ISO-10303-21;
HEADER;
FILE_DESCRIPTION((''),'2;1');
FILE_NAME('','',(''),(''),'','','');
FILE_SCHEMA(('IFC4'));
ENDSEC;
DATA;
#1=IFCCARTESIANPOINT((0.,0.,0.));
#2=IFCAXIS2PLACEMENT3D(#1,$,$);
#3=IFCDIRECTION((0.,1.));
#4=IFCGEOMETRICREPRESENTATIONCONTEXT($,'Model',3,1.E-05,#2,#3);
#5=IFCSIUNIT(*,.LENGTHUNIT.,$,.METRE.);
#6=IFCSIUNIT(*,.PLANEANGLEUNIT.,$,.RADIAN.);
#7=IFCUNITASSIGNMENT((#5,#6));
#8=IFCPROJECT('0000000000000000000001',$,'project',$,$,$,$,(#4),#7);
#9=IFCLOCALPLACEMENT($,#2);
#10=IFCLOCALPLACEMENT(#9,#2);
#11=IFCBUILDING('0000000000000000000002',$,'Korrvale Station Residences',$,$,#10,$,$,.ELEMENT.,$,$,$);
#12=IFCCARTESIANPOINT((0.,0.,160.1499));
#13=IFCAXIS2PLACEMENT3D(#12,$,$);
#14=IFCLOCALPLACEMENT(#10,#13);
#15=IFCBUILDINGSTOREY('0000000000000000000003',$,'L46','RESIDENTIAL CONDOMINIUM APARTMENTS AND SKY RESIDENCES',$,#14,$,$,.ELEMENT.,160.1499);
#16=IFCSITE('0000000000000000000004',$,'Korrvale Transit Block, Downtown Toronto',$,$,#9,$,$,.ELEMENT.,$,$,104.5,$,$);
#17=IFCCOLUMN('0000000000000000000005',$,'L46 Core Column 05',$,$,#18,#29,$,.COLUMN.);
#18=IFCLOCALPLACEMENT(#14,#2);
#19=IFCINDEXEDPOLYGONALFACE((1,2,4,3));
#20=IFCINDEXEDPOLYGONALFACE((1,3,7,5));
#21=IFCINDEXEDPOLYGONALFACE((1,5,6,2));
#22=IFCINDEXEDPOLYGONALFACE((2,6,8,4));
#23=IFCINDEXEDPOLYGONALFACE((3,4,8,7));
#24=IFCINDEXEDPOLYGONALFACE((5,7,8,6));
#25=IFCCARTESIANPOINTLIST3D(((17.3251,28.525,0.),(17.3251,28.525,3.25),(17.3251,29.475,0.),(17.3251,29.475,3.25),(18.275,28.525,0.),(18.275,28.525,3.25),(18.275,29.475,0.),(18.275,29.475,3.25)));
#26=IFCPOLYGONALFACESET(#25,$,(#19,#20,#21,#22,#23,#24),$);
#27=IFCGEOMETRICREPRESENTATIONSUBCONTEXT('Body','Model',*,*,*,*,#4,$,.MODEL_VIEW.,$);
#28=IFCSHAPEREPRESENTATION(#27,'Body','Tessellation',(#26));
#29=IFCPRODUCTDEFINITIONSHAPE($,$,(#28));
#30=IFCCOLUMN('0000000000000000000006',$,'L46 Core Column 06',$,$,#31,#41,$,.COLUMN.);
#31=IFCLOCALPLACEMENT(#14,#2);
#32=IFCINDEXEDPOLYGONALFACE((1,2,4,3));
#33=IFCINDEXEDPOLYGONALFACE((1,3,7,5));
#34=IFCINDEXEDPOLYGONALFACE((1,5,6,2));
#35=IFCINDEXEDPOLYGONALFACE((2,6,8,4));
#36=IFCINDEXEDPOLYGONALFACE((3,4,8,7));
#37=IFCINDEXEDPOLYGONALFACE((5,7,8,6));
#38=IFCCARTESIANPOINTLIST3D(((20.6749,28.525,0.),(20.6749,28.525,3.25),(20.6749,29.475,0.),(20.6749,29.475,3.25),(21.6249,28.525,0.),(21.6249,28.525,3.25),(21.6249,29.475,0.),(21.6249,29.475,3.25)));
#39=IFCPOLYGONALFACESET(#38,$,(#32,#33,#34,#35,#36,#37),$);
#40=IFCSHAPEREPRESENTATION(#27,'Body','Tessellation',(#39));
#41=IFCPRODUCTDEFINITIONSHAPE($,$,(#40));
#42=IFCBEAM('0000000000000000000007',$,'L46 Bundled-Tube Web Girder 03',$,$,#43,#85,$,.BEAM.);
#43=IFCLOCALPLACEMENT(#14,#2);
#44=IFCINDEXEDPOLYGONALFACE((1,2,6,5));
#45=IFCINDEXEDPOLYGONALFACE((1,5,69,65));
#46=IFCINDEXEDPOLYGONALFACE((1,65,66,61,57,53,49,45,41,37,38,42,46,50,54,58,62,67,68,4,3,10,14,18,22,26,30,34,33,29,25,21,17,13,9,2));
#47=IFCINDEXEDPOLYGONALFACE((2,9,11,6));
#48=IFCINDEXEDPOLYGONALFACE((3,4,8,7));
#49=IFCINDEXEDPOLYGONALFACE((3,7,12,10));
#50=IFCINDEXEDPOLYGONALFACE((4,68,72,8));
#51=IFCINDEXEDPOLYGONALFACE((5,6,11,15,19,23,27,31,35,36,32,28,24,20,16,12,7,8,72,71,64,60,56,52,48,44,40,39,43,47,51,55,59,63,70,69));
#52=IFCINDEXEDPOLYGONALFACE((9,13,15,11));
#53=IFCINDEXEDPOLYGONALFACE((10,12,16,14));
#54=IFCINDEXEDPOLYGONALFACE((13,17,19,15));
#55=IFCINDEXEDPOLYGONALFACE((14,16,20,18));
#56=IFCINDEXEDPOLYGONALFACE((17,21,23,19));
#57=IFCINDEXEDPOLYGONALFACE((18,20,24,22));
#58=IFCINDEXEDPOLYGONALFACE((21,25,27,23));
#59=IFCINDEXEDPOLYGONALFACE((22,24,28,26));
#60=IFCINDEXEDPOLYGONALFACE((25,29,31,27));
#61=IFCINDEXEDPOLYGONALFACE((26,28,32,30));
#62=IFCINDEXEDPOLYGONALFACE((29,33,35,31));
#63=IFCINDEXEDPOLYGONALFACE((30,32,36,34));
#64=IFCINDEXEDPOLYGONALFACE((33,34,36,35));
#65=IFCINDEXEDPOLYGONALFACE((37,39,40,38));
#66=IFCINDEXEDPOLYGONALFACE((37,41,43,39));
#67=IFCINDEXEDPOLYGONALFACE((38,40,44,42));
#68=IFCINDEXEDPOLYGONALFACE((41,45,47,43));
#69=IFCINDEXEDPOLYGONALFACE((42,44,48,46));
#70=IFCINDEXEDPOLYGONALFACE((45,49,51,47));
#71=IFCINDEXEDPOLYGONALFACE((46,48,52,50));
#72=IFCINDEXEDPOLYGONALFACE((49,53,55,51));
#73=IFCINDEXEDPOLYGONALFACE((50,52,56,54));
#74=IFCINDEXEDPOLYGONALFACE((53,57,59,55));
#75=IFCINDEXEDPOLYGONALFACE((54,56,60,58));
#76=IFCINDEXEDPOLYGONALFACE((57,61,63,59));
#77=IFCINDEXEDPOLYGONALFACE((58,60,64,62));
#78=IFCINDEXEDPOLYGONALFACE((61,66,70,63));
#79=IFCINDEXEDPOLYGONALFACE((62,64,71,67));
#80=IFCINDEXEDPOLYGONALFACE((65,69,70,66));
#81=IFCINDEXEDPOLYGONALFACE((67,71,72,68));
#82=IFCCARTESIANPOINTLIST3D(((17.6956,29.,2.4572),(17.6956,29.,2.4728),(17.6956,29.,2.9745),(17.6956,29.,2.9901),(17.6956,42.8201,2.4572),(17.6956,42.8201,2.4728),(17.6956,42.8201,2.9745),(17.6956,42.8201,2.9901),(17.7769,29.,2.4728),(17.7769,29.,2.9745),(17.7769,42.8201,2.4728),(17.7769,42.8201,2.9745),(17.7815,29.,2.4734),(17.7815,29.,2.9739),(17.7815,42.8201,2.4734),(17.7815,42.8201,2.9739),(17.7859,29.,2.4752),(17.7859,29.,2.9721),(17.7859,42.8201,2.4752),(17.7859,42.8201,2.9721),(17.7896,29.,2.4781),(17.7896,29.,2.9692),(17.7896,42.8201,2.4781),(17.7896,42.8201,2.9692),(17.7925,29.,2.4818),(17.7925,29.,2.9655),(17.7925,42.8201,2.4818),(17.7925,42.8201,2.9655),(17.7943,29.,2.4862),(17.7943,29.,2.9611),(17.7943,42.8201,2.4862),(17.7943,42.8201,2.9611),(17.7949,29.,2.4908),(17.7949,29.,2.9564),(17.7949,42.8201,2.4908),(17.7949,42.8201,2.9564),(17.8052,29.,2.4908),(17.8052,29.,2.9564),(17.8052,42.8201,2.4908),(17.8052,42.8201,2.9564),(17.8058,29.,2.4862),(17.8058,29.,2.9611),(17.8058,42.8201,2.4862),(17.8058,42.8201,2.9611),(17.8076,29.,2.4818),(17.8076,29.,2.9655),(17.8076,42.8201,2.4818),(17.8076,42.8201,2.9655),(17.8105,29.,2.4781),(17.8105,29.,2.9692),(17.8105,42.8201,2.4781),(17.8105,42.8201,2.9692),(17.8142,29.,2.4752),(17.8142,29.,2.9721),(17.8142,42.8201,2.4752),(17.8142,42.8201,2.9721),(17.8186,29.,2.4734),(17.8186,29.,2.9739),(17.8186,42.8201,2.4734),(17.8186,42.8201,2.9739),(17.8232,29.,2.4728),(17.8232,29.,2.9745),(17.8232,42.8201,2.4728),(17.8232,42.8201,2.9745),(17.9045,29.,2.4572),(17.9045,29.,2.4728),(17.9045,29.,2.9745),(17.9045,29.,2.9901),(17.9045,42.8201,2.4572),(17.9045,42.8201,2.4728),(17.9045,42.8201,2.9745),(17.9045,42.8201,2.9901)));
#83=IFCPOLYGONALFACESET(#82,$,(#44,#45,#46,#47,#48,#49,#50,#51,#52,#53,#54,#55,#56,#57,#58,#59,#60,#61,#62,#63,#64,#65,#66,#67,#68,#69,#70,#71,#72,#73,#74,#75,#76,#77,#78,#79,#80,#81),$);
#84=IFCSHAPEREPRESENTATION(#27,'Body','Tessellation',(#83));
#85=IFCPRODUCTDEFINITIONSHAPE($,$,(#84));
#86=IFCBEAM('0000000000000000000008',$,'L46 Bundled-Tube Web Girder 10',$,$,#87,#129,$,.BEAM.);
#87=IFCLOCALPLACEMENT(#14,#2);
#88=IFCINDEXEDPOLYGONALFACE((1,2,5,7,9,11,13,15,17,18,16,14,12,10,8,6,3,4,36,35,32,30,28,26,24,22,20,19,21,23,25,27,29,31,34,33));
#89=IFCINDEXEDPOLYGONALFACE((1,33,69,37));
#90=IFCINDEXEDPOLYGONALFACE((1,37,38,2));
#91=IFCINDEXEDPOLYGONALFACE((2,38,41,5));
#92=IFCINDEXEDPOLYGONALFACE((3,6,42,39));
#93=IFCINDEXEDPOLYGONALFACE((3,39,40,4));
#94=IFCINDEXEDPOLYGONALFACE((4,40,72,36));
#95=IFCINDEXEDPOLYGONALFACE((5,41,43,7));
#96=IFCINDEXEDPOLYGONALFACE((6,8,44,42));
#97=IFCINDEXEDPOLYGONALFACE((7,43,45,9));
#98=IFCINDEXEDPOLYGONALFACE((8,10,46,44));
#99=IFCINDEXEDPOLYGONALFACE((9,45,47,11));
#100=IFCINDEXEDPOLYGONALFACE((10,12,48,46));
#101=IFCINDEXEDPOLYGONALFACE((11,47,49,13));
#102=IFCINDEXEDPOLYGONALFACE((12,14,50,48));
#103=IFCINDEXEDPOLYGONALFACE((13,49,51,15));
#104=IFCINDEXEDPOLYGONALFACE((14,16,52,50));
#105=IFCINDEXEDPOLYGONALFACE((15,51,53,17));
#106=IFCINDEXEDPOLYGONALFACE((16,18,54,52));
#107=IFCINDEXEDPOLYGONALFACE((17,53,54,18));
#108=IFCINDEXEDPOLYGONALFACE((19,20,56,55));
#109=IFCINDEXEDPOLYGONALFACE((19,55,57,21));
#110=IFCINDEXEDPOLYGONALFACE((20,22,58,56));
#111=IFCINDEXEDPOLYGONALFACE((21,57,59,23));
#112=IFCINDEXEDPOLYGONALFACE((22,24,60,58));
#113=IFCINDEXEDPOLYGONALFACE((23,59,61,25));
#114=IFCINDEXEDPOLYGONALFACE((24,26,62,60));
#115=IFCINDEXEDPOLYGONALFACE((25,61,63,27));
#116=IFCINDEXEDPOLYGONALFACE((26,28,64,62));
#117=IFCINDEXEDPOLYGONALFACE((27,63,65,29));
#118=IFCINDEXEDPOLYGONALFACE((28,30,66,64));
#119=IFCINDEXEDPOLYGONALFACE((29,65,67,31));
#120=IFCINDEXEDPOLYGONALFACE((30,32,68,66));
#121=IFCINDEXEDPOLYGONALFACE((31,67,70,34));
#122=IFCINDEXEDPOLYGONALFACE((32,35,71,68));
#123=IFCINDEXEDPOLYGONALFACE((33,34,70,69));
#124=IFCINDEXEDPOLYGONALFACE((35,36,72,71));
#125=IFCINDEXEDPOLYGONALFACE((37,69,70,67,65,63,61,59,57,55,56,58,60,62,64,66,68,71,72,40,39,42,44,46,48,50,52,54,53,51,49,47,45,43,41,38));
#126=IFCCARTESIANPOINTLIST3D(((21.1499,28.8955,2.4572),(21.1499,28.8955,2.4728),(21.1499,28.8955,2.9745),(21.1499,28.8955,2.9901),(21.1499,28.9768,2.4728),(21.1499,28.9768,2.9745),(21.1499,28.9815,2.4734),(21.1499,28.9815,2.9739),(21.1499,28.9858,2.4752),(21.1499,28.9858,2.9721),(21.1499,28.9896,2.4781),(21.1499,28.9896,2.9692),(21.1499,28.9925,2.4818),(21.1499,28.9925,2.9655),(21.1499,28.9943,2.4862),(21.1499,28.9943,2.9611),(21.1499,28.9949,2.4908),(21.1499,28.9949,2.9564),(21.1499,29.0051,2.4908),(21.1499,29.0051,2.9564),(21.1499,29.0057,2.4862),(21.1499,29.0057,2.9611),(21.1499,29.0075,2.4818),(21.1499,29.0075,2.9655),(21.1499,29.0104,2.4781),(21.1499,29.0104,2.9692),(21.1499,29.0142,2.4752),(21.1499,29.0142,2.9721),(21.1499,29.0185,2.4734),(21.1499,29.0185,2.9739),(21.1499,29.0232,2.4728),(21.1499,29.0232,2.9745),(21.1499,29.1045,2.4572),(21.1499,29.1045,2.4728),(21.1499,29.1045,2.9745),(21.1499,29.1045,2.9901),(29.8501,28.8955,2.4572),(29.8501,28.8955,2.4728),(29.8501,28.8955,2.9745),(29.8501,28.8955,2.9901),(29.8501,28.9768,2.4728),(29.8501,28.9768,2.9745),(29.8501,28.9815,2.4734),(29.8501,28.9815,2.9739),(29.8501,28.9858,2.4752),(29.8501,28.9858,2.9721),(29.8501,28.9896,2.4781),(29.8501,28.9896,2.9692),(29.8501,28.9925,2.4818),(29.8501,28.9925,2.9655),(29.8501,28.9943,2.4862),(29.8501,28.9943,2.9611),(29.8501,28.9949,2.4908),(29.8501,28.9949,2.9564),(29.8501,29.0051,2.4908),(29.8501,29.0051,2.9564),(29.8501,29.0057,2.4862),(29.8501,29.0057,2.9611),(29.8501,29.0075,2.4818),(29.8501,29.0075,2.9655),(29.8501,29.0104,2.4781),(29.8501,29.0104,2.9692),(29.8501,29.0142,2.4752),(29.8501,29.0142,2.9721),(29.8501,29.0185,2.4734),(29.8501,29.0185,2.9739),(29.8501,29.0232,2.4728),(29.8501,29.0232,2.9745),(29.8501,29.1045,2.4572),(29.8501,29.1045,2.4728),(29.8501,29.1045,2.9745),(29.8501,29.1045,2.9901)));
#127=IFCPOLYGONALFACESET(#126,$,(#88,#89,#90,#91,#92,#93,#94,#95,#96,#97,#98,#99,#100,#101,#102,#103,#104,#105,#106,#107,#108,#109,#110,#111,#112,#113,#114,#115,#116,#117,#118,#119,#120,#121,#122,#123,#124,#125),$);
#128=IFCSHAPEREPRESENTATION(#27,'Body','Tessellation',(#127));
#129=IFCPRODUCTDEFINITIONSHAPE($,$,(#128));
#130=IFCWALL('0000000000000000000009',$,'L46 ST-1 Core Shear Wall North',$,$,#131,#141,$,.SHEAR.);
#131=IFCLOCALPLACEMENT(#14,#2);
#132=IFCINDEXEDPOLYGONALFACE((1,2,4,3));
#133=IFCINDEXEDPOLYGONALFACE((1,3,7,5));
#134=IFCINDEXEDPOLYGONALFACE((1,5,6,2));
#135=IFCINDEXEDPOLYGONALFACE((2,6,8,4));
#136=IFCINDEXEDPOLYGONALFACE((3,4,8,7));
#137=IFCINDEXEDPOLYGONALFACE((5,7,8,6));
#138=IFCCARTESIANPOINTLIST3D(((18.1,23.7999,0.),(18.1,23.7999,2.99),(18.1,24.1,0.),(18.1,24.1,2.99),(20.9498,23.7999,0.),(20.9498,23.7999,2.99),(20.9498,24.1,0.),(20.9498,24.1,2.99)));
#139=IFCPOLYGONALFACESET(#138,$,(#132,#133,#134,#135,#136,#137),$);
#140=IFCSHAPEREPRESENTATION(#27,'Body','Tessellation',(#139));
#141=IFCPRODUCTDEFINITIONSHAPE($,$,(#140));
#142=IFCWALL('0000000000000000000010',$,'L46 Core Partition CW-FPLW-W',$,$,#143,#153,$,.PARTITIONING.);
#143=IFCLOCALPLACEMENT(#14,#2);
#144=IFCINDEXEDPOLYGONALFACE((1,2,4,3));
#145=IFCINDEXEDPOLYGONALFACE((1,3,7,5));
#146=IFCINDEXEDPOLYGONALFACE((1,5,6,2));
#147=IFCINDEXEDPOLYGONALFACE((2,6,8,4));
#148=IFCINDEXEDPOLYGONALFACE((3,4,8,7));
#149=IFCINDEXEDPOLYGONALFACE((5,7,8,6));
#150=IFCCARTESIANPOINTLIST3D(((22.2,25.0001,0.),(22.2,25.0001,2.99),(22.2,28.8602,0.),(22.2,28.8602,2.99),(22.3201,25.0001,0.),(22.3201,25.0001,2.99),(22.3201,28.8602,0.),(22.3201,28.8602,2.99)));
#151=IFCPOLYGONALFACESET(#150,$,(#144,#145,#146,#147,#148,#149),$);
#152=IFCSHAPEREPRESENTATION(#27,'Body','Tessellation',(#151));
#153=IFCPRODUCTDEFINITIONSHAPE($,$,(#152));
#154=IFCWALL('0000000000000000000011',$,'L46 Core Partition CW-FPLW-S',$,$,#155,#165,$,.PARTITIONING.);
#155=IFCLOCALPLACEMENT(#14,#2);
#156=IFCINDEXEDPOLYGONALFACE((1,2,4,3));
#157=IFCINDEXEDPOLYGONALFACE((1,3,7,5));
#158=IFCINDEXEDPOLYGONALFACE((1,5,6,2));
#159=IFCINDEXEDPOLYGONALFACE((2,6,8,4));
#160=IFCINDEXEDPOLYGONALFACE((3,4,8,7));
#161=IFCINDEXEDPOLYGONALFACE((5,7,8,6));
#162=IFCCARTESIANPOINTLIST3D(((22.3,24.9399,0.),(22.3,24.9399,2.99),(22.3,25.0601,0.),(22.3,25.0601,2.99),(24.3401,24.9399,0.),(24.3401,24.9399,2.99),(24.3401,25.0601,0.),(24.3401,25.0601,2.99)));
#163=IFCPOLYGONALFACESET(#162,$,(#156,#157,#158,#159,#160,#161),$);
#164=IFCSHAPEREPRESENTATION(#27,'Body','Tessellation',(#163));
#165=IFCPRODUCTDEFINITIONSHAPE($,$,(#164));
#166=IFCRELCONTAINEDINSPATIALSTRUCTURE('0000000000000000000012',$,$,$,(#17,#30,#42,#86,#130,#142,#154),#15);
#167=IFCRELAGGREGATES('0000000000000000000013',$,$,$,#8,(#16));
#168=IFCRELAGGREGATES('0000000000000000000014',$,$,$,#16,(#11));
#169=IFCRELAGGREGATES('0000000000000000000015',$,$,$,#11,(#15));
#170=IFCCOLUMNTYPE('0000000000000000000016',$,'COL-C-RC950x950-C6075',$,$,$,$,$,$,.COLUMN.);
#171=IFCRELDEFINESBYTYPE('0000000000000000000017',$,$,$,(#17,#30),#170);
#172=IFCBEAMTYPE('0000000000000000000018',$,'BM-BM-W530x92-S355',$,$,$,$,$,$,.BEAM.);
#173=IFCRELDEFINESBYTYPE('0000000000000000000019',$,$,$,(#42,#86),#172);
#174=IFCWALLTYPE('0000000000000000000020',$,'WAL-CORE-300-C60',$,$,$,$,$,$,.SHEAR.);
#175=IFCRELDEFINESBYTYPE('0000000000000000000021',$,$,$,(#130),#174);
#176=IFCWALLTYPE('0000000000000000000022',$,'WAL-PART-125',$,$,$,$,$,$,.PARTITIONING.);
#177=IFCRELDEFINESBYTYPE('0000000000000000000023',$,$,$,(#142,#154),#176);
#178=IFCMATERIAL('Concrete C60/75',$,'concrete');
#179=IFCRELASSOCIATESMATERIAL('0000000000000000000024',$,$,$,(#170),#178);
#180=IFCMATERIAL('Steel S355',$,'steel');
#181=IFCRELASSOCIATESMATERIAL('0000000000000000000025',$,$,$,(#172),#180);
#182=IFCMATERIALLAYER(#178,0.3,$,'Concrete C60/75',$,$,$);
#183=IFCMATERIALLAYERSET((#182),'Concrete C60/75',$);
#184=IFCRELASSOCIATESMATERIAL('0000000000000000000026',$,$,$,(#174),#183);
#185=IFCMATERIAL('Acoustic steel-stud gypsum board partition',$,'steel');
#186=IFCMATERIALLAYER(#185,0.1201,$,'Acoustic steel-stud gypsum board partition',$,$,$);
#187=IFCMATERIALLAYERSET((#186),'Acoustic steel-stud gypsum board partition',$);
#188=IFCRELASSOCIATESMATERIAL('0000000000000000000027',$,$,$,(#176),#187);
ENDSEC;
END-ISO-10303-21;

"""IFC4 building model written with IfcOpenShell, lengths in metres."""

from ifc_helpers import new_model, si_unit, direction, frame, frame_2d, origin, origin_2d, place, context, subcontext, project, spatial, rectangle, i_section, extrude, material, layer, layer_set, material_profile, profile_set, type_object, element, save


model = new_model("IFC4")

# Units and contexts
model_context = context("Model", 3, precision=1e-05, world=origin(), true_north=direction((0.0, 1.0)))
body_context = subcontext(model_context, "Body", "Model", "MODEL_VIEW")
ifc_project = project(units=[si_unit("LENGTHUNIT", "METRE"), si_unit("PLANEANGLEUNIT", "RADIAN")], contexts=[model_context])

# Site, building, storey
site_placement = place(None, origin())
site = spatial("IfcSite", under=ifc_project, at=site_placement, Name="Korrvale Transit Block, Downtown Toronto", CompositionType="ELEMENT", RefElevation=104.5)
building_placement = place(site_placement, origin())
building = spatial("IfcBuilding", under=site, at=building_placement, Name="Korrvale Station Residences", CompositionType="ELEMENT")
storey_placement = place(building_placement, frame((0.0, 0.0, 160.1499)))
storey = spatial("IfcBuildingStorey", under=building, at=storey_placement, Name="L46", Description="RESIDENTIAL CONDOMINIUM APARTMENTS AND SKY RESIDENCES", CompositionType="ELEMENT", Elevation=160.1499)

# Columns
ifc_material_1 = material(Name="Concrete C60/75", Category="concrete")
ifc_material_profile_1 = material_profile(ifc_material_1, rectangle(XDim=0.95, YDim=0.95, at=origin_2d()), Name="RC950x950")
ifc_profile_set_1 = profile_set([ifc_material_profile_1], Name="Concrete C60/75")
column_type = type_object("IfcColumnType", Name="COL-C-RC950x950-C6075", PredefinedType="COLUMN", material=ifc_profile_set_1)
for number, where, z_axis, x_axis, name in (
    (1, (17.8, 29.0, 0.0), (0.0, 0.0, 1.0), (1.0, 0.0, 0.0), "L46 Core Column 05"),
    (2, (21.1499, 29.0, 0.0), (0.0, 0.0, 1.0), (1.0, 0.0, 0.0), "L46 Core Column 06"),
):
    element("IfcColumn", number, at=place(storey_placement, frame(where, z_axis=z_axis, x_axis=x_axis)), inside=storey, type_object=column_type, Name=name, PredefinedType="COLUMN", context=body_context, shape_type="SweptSolid", body=[
        extrude(rectangle(XDim=0.95, YDim=0.95, at=origin_2d()), origin(), (0.0, 0.0, 1.0), 3.25),
    ])

# Beams
ifc_material_2 = material(Name="Steel S355", Category="steel")
ifc_material_profile_2 = material_profile(ifc_material_2, i_section(OverallWidth=0.209, OverallDepth=0.533, WebThickness=0.0103, FlangeThickness=0.0156, FilletRadius=0.0181, at=origin_2d()), Name="W530x92")
ifc_profile_set_2 = profile_set([ifc_material_profile_2], Name="Steel S355")
beam_type = type_object("IfcBeamType", Name="BM-BM-W530x92-S355", PredefinedType="BEAM", material=ifc_profile_set_2)
beam_1_placement = place(storey_placement, frame((17.8, 29.0, 2.7236), z_axis=(0.0, 1.0, 0.0), x_axis=(-1.0, 0.0, 0.0)))
element("IfcBeam", 3, at=beam_1_placement, inside=storey, type_object=beam_type, Name="L46 Bundled-Tube Web Girder 03", PredefinedType="BEAM", context=body_context, shape_type="SweptSolid", body=[
    extrude(i_section(OverallWidth=0.209, OverallDepth=0.533, WebThickness=0.0103, FlangeThickness=0.0156, FilletRadius=0.0181, at=origin_2d()), origin(), (0.0, 0.0, 1.0), 13.8201),
])
beam_2_placement = place(storey_placement, frame((21.1499, 29.0, 2.7236), z_axis=(1.0, 0.0, 0.0), x_axis=(0.0, 1.0, 0.0)))
element("IfcBeam", 4, at=beam_2_placement, inside=storey, type_object=beam_type, Name="L46 Bundled-Tube Web Girder 10", PredefinedType="BEAM", context=body_context, shape_type="SweptSolid", body=[
    extrude(i_section(OverallWidth=0.209, OverallDepth=0.533, WebThickness=0.0103, FlangeThickness=0.0156, FilletRadius=0.0181, at=origin_2d()), origin(), (0.0, 0.0, 1.0), 8.7002),
])

# Walls
ifc_layer_1 = layer(ifc_material_1, 0.3, Name="Concrete C60/75")
ifc_layer_set_1 = layer_set([ifc_layer_1], Name="Concrete C60/75")
wall_type_1 = type_object("IfcWallType", Name="WAL-CORE-300-C60", PredefinedType="SHEAR", material=ifc_layer_set_1)
wall_1_placement = place(storey_placement, frame((18.1001, 23.95, 0.0), z_axis=(0.0, 0.0, 1.0), x_axis=(1.0, 0.0, 0.0)))
element("IfcWall", 5, at=wall_1_placement, inside=storey, type_object=wall_type_1, Name="L46 ST-1 Core Shear Wall North", PredefinedType="SHEAR", context=body_context, shape_type="SweptSolid", body=[
    extrude(rectangle(XDim=2.8499, YDim=0.3, at=frame_2d((1.4248, 0.0))), origin(), (0.0, 0.0, 1.0), 2.99),
])
ifc_material_3 = material(Name="Acoustic steel-stud gypsum board partition", Category="steel")
ifc_layer_2 = layer(ifc_material_3, 0.1201, Name="Acoustic steel-stud gypsum board partition")
ifc_layer_set_2 = layer_set([ifc_layer_2], Name="Acoustic steel-stud gypsum board partition")
wall_type_2 = type_object("IfcWallType", Name="WAL-PART-125", PredefinedType="PARTITIONING", material=ifc_layer_set_2)
wall_2_placement = place(storey_placement, frame((22.26, 25.0, 0.0), z_axis=(0.0, 0.0, 1.0), x_axis=(0.0, 1.0, 0.0)))
element("IfcWall", 6, at=wall_2_placement, inside=storey, type_object=wall_type_2, Name="L46 Core Partition CW-FPLW-W", PredefinedType="PARTITIONING", context=body_context, shape_type="SweptSolid", body=[
    extrude(rectangle(XDim=3.8601, YDim=0.1201, at=frame_2d((1.9302, 0.0))), origin(), (0.0, 0.0, 1.0), 2.99),
])
wall_3_placement = place(storey_placement, frame((22.3, 25.0, 0.0), z_axis=(0.0, 0.0, 1.0), x_axis=(1.0, 0.0, 0.0)))
element("IfcWall", 7, at=wall_3_placement, inside=storey, type_object=wall_type_2, Name="L46 Core Partition CW-FPLW-S", PredefinedType="PARTITIONING", context=body_context, shape_type="SweptSolid", body=[
    extrude(rectangle(XDim=2.04, YDim=0.1201, at=frame_2d((1.02, 0.0))), origin(), (0.0, 0.0, 1.0), 2.99),
])

save(model, "model.ifc")
